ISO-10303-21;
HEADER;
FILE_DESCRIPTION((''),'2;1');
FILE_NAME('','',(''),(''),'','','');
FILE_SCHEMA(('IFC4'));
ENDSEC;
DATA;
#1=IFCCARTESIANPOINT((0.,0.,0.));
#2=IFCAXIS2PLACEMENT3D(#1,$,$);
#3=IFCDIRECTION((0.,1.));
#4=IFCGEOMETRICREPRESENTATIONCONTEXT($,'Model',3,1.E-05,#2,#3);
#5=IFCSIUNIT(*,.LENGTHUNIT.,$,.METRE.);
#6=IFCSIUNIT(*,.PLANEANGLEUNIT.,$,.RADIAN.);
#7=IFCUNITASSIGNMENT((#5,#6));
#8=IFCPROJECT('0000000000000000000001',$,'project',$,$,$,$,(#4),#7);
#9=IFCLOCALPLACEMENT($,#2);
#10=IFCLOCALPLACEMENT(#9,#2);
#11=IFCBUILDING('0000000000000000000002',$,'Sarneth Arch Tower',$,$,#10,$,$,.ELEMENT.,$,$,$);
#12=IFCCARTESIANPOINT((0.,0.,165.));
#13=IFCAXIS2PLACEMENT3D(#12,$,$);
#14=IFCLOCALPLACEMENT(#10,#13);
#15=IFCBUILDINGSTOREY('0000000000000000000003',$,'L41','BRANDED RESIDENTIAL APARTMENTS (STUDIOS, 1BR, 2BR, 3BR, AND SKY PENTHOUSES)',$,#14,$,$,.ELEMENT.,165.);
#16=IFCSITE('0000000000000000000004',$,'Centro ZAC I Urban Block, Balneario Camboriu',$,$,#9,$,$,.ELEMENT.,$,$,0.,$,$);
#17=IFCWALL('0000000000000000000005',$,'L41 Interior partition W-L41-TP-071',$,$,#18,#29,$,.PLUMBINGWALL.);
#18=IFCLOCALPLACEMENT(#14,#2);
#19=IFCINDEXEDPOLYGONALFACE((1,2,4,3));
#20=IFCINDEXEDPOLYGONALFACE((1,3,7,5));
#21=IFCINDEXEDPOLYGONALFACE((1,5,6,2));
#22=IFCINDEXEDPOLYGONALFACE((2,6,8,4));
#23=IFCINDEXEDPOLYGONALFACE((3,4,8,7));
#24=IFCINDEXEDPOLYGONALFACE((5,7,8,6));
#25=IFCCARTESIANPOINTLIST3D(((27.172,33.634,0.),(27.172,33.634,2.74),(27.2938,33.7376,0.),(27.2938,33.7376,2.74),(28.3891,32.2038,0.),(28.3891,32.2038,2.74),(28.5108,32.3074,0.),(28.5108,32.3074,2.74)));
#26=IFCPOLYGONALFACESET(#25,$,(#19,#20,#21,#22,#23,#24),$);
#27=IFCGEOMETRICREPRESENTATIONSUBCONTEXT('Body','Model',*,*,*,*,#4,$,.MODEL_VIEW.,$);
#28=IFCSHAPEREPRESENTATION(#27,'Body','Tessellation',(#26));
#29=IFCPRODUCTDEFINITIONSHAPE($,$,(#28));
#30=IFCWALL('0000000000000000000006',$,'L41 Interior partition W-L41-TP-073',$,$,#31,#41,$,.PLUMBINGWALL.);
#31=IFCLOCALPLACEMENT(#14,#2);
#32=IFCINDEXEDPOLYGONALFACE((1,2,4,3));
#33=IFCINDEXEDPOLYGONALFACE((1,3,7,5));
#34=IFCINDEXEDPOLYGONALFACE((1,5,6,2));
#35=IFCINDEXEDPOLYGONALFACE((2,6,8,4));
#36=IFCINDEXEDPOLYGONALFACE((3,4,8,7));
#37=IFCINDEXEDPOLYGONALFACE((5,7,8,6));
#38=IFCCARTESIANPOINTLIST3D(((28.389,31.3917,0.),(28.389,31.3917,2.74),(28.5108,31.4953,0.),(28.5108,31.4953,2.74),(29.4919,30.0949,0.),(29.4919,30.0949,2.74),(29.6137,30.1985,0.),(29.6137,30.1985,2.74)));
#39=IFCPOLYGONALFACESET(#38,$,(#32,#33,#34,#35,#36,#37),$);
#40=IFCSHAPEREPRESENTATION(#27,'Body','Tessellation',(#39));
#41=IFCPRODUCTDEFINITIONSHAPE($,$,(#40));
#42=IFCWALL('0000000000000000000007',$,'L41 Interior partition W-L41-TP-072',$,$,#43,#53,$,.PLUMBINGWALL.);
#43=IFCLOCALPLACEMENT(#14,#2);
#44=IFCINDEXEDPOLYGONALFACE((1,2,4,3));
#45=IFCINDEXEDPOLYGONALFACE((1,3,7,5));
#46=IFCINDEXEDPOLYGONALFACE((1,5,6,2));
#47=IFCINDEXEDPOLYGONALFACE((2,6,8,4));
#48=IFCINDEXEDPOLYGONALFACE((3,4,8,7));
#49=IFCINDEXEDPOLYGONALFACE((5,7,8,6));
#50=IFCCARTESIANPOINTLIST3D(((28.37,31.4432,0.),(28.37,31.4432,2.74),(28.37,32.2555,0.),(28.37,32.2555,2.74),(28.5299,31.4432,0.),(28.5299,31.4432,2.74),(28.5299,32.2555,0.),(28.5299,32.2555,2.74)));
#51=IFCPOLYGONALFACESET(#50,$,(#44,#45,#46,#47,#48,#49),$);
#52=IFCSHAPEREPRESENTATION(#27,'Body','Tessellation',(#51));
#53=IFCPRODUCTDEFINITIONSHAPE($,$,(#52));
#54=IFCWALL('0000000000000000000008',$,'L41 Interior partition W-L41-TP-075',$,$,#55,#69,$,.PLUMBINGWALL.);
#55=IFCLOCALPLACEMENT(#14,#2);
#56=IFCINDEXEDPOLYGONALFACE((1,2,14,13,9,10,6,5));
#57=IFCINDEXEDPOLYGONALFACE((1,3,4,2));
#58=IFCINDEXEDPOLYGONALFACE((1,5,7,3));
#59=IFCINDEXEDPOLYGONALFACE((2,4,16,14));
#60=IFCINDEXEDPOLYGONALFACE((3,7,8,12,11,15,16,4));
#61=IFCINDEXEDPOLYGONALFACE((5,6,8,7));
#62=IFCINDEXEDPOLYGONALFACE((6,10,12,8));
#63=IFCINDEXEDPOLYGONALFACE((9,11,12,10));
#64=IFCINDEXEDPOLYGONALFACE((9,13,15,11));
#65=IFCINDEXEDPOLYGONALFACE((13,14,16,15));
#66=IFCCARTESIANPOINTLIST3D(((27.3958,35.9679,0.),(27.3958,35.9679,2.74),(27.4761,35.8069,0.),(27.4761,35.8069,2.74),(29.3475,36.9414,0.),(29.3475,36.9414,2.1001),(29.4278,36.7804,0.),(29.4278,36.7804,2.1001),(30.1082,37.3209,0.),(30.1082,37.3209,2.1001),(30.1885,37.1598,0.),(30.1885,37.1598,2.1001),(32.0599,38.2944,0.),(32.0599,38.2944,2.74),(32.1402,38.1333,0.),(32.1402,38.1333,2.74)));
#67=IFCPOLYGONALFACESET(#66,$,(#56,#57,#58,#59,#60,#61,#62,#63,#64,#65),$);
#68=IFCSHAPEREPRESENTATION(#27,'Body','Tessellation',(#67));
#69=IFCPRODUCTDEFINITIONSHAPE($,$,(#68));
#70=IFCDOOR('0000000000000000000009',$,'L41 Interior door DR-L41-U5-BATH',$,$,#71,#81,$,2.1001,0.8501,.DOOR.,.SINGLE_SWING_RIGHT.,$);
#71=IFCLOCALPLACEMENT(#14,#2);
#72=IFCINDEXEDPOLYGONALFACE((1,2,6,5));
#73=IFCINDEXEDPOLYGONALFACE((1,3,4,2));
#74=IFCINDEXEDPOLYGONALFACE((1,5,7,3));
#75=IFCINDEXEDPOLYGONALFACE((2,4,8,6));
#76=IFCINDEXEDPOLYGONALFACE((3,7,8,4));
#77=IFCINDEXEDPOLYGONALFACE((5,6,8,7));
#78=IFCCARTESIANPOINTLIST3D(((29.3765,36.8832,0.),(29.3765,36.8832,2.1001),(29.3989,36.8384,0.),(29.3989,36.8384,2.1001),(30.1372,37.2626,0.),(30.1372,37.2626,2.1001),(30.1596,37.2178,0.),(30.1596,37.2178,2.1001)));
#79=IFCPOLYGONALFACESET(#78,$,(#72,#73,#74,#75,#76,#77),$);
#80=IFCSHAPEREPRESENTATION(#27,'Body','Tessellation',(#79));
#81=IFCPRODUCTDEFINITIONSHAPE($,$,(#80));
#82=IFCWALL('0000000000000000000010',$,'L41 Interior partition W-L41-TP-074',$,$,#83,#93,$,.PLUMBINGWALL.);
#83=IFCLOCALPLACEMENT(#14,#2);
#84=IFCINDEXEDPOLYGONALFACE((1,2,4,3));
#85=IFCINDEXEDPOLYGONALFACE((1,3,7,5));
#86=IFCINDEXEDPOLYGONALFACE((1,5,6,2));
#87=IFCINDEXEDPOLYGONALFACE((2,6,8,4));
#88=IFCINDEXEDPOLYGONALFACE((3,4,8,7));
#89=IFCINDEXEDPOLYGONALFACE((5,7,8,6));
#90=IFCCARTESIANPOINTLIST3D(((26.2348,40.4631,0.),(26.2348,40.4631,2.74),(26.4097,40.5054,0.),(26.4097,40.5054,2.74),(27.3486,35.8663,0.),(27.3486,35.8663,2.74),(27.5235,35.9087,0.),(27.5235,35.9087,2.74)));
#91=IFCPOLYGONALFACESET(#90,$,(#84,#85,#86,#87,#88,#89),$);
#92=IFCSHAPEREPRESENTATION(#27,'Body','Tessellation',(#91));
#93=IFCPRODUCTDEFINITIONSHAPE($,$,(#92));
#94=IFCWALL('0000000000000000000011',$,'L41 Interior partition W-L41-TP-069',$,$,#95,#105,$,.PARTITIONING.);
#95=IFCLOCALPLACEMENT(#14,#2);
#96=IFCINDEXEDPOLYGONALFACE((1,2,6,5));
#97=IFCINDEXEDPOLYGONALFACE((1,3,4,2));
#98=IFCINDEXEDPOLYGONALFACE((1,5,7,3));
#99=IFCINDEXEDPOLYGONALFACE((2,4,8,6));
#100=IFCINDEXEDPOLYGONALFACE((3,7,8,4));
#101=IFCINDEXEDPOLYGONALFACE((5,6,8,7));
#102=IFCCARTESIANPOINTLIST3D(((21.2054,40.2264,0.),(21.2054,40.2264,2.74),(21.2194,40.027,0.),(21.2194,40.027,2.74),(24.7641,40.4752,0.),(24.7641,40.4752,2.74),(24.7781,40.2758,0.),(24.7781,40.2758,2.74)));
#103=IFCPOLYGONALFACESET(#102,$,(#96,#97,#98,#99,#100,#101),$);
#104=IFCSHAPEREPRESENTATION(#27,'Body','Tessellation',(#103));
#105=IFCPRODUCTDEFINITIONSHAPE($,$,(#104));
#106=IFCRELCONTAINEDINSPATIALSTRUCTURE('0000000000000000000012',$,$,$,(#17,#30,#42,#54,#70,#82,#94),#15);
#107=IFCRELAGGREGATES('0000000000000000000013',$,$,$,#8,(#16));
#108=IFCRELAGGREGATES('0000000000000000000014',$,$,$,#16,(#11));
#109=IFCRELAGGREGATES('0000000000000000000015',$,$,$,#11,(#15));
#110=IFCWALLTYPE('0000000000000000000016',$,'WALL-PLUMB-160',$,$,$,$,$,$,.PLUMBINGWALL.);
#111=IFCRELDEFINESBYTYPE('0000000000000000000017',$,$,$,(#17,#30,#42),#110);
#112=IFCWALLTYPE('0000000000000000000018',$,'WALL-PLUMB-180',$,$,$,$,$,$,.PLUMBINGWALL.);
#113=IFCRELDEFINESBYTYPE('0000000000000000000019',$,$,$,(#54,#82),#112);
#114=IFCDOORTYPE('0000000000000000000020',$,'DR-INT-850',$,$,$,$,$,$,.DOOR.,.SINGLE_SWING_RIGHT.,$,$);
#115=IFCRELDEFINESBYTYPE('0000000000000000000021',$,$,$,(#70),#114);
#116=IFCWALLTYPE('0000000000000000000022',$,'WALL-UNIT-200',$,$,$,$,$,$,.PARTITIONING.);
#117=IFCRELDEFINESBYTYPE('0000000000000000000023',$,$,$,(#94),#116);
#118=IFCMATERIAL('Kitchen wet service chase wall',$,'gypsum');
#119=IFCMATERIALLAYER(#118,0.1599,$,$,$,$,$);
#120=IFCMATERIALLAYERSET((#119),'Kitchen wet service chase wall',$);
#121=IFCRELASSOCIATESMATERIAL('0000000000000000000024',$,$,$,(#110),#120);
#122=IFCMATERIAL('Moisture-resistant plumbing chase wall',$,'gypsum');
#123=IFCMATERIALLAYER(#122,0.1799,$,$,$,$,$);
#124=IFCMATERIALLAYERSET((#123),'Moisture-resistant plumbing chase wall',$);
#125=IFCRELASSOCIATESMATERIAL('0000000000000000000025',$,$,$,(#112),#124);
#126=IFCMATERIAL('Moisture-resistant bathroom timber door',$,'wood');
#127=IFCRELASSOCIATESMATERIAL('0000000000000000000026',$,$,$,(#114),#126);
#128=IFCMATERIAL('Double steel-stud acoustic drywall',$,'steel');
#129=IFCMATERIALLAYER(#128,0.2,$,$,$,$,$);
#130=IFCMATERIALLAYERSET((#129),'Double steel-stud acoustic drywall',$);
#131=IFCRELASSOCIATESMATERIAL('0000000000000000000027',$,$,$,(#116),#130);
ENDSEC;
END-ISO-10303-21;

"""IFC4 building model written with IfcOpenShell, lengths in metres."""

from ifc_helpers import new_model, si_unit, direction, frame, frame_2d, origin, place, context, subcontext, project, spatial, rectangle, extrude, material, layer, layer_set, type_object, element, fill, save


model = new_model("IFC4")

# Units and contexts
model_context = context("Model", 3, precision=1e-05, world=origin(), true_north=direction((0.0, 1.0)))
body_context = subcontext(model_context, "Body", "Model", "MODEL_VIEW")
ifc_project = project(units=[si_unit("LENGTHUNIT", "METRE"), si_unit("PLANEANGLEUNIT", "RADIAN")], contexts=[model_context])

# Site, building, storey
site_placement = place(None, origin())
site = spatial("IfcSite", under=ifc_project, at=site_placement, Name="Centro ZAC I Urban Block, Balneario Camboriu", CompositionType="ELEMENT", RefElevation=0.0)
building_placement = place(site_placement, origin())
building = spatial("IfcBuilding", under=site, at=building_placement, Name="Sarneth Arch Tower", CompositionType="ELEMENT")
storey_placement = place(building_placement, frame((0.0, 0.0, 165.0)))
storey = spatial("IfcBuildingStorey", under=building, at=storey_placement, Name="L41", Description="BRANDED RESIDENTIAL APARTMENTS (STUDIOS, 1BR, 2BR, 3BR, AND SKY PENTHOUSES)", CompositionType="ELEMENT", Elevation=165.0)

# Shared definitions
ifc_material_1 = material(Name="Kitchen wet service chase wall", Category="gypsum")
ifc_layer_1 = layer(ifc_material_1, 0.1599)
ifc_layer_set_1 = layer_set([ifc_layer_1], Name="Kitchen wet service chase wall")
wall_type_1 = type_object("IfcWallType", Name="WALL-PLUMB-160", PredefinedType="PLUMBINGWALL", material=ifc_layer_set_1)

# Walls
wall_1_placement = place(storey_placement, frame((27.2329, 33.6858, 0.0), z_axis=(0.0, 0.0, 1.0), x_axis=(0.648079, -0.761574, 0.0)))
element("IfcWall", 1, at=wall_1_placement, inside=storey, type_object=wall_type_1, Name="L41 Interior partition W-L41-TP-071", PredefinedType="PLUMBINGWALL", context=body_context, shape_type="SweptSolid", body=[
    extrude(rectangle(XDim=1.8779, YDim=0.1599, at=frame_2d((0.939, 0.0))), origin(), (0.0, 0.0, 1.0), 2.74),
])
wall_2_placement = place(storey_placement, frame((28.45, 31.4434, 0.0), z_axis=(0.0, 0.0, 1.0), x_axis=(0.647881, -0.761741, 0.0)))
element("IfcWall", 2, at=wall_2_placement, inside=storey, type_object=wall_type_1, Name="L41 Interior partition W-L41-TP-073", PredefinedType="PLUMBINGWALL", context=body_context, shape_type="SweptSolid", body=[
    extrude(rectangle(XDim=1.7024, YDim=0.1599, at=frame_2d((0.8511, 0.0))), origin(), (0.0, 0.0, 1.0), 2.74),
])
wall_3_placement = place(storey_placement, frame((28.45, 32.2556, 0.0), z_axis=(0.0, 0.0, 1.0), x_axis=(0.0, -1.0, 0.0)))
element("IfcWall", 3, at=wall_3_placement, inside=storey, type_object=wall_type_1, Name="L41 Interior partition W-L41-TP-072", PredefinedType="PLUMBINGWALL", context=body_context, shape_type="SweptSolid", body=[
    extrude(rectangle(XDim=0.8123, YDim=0.1599, at=frame_2d((0.4062, 0.0))), origin(), (0.0, 0.0, 1.0), 2.74),
])

# Wall, opening, door
ifc_material_2 = material(Name="Moisture-resistant plumbing chase wall", Category="gypsum")
ifc_layer_2 = layer(ifc_material_2, 0.1799)
ifc_layer_set_2 = layer_set([ifc_layer_2], Name="Moisture-resistant plumbing chase wall")
wall_type_2 = type_object("IfcWallType", Name="WALL-PLUMB-180", PredefinedType="PLUMBINGWALL", material=ifc_layer_set_2)
wall_4_placement = place(storey_placement, frame((27.436, 35.8875, 0.0), z_axis=(0.0, 0.0, 1.0), x_axis=(0.894858, 0.446352, 0.0)))
wall_4 = element("IfcWall", 4, at=wall_4_placement, inside=storey, type_object=wall_type_2, Name="L41 Interior partition W-L41-TP-075", PredefinedType="PLUMBINGWALL", context=body_context, shape_type="SweptSolid", body=[
    extrude(rectangle(XDim=5.2122, YDim=0.1799, at=frame_2d((2.606, 0.0))), origin(), (0.0, 0.0, 1.0), 2.74),
])
opening_1_placement = place(wall_4_placement, frame((2.1809, 0.0, 0.0)))
opening_1 = element("IfcOpeningElement", 5, at=opening_1_placement, cuts=wall_4, PredefinedType="OPENING", context=body_context, shape_type="SweptSolid", body=[
    extrude(rectangle(XDim=0.8501, YDim=2.1001, at=frame_2d((0.425, 1.05))), frame((0.0, 0.0999, 0.0), z_axis=(0.0, -1.0, 0.0), x_axis=(1.0, 0.0, 0.0)), (0.0, 0.0, 1.0), 0.2),
])
ifc_material_3 = material(Name="Moisture-resistant bathroom timber door", Category="wood")
door_type_1 = type_object("IfcDoorType", Name="DR-INT-850", OperationType="SINGLE_SWING_RIGHT", PredefinedType="DOOR", material=ifc_material_3)
door_1_placement = place(opening_1_placement, origin())
door_1 = element("IfcDoor", 6, at=door_1_placement, inside=storey, type_object=door_type_1, Name="L41 Interior door DR-L41-U5-BATH", OperationType="SINGLE_SWING_RIGHT", OverallHeight=2.1001, OverallWidth=0.8501, PredefinedType="DOOR", context=body_context, shape_type="SweptSolid", body=[
    extrude(rectangle(XDim=0.8501, YDim=2.1001, at=frame_2d((0.425, 1.05))), frame((0.0, 0.0249, 0.0), z_axis=(0.0, -1.0, 0.0), x_axis=(1.0, 0.0, 0.0)), (0.0, 0.0, 1.0), 0.05),
])
fill(opening_1, door_1)

# Walls
wall_5_placement = place(storey_placement, frame((26.3223, 40.4841, 0.0), z_axis=(0.0, 0.0, 1.0), x_axis=(0.235485, -0.971878, 0.0)))
element("IfcWall", 7, at=wall_5_placement, inside=storey, type_object=wall_type_2, Name="L41 Interior partition W-L41-TP-074", PredefinedType="PLUMBINGWALL", context=body_context, shape_type="SweptSolid", body=[
    extrude(rectangle(XDim=4.7297, YDim=0.1799, at=frame_2d((2.3647, 0.0))), origin(), (0.0, 0.0, 1.0), 2.74),
])
ifc_material_4 = material(Name="Double steel-stud acoustic drywall", Category="steel")
ifc_layer_3 = layer(ifc_material_4, 0.2)
ifc_layer_set_3 = layer_set([ifc_layer_3], Name="Double steel-stud acoustic drywall")
wall_type_3 = type_object("IfcWallType", Name="WALL-UNIT-200", PredefinedType="PARTITIONING", material=ifc_layer_set_3)
wall_6_placement = place(storey_placement, frame((21.2124, 40.1267, 0.0), z_axis=(0.0, 0.0, 1.0), x_axis=(0.997565, 0.069739, 0.0)))
element("IfcWall", 8, at=wall_6_placement, inside=storey, type_object=wall_type_3, Name="L41 Interior partition W-L41-TP-069", PredefinedType="PARTITIONING", context=body_context, shape_type="SweptSolid", body=[
    extrude(rectangle(XDim=3.5674, YDim=0.2, at=frame_2d((1.7837, 0.0))), origin(), (0.0, 0.0, 1.0), 2.74),
])

save(model, "model.ifc")
